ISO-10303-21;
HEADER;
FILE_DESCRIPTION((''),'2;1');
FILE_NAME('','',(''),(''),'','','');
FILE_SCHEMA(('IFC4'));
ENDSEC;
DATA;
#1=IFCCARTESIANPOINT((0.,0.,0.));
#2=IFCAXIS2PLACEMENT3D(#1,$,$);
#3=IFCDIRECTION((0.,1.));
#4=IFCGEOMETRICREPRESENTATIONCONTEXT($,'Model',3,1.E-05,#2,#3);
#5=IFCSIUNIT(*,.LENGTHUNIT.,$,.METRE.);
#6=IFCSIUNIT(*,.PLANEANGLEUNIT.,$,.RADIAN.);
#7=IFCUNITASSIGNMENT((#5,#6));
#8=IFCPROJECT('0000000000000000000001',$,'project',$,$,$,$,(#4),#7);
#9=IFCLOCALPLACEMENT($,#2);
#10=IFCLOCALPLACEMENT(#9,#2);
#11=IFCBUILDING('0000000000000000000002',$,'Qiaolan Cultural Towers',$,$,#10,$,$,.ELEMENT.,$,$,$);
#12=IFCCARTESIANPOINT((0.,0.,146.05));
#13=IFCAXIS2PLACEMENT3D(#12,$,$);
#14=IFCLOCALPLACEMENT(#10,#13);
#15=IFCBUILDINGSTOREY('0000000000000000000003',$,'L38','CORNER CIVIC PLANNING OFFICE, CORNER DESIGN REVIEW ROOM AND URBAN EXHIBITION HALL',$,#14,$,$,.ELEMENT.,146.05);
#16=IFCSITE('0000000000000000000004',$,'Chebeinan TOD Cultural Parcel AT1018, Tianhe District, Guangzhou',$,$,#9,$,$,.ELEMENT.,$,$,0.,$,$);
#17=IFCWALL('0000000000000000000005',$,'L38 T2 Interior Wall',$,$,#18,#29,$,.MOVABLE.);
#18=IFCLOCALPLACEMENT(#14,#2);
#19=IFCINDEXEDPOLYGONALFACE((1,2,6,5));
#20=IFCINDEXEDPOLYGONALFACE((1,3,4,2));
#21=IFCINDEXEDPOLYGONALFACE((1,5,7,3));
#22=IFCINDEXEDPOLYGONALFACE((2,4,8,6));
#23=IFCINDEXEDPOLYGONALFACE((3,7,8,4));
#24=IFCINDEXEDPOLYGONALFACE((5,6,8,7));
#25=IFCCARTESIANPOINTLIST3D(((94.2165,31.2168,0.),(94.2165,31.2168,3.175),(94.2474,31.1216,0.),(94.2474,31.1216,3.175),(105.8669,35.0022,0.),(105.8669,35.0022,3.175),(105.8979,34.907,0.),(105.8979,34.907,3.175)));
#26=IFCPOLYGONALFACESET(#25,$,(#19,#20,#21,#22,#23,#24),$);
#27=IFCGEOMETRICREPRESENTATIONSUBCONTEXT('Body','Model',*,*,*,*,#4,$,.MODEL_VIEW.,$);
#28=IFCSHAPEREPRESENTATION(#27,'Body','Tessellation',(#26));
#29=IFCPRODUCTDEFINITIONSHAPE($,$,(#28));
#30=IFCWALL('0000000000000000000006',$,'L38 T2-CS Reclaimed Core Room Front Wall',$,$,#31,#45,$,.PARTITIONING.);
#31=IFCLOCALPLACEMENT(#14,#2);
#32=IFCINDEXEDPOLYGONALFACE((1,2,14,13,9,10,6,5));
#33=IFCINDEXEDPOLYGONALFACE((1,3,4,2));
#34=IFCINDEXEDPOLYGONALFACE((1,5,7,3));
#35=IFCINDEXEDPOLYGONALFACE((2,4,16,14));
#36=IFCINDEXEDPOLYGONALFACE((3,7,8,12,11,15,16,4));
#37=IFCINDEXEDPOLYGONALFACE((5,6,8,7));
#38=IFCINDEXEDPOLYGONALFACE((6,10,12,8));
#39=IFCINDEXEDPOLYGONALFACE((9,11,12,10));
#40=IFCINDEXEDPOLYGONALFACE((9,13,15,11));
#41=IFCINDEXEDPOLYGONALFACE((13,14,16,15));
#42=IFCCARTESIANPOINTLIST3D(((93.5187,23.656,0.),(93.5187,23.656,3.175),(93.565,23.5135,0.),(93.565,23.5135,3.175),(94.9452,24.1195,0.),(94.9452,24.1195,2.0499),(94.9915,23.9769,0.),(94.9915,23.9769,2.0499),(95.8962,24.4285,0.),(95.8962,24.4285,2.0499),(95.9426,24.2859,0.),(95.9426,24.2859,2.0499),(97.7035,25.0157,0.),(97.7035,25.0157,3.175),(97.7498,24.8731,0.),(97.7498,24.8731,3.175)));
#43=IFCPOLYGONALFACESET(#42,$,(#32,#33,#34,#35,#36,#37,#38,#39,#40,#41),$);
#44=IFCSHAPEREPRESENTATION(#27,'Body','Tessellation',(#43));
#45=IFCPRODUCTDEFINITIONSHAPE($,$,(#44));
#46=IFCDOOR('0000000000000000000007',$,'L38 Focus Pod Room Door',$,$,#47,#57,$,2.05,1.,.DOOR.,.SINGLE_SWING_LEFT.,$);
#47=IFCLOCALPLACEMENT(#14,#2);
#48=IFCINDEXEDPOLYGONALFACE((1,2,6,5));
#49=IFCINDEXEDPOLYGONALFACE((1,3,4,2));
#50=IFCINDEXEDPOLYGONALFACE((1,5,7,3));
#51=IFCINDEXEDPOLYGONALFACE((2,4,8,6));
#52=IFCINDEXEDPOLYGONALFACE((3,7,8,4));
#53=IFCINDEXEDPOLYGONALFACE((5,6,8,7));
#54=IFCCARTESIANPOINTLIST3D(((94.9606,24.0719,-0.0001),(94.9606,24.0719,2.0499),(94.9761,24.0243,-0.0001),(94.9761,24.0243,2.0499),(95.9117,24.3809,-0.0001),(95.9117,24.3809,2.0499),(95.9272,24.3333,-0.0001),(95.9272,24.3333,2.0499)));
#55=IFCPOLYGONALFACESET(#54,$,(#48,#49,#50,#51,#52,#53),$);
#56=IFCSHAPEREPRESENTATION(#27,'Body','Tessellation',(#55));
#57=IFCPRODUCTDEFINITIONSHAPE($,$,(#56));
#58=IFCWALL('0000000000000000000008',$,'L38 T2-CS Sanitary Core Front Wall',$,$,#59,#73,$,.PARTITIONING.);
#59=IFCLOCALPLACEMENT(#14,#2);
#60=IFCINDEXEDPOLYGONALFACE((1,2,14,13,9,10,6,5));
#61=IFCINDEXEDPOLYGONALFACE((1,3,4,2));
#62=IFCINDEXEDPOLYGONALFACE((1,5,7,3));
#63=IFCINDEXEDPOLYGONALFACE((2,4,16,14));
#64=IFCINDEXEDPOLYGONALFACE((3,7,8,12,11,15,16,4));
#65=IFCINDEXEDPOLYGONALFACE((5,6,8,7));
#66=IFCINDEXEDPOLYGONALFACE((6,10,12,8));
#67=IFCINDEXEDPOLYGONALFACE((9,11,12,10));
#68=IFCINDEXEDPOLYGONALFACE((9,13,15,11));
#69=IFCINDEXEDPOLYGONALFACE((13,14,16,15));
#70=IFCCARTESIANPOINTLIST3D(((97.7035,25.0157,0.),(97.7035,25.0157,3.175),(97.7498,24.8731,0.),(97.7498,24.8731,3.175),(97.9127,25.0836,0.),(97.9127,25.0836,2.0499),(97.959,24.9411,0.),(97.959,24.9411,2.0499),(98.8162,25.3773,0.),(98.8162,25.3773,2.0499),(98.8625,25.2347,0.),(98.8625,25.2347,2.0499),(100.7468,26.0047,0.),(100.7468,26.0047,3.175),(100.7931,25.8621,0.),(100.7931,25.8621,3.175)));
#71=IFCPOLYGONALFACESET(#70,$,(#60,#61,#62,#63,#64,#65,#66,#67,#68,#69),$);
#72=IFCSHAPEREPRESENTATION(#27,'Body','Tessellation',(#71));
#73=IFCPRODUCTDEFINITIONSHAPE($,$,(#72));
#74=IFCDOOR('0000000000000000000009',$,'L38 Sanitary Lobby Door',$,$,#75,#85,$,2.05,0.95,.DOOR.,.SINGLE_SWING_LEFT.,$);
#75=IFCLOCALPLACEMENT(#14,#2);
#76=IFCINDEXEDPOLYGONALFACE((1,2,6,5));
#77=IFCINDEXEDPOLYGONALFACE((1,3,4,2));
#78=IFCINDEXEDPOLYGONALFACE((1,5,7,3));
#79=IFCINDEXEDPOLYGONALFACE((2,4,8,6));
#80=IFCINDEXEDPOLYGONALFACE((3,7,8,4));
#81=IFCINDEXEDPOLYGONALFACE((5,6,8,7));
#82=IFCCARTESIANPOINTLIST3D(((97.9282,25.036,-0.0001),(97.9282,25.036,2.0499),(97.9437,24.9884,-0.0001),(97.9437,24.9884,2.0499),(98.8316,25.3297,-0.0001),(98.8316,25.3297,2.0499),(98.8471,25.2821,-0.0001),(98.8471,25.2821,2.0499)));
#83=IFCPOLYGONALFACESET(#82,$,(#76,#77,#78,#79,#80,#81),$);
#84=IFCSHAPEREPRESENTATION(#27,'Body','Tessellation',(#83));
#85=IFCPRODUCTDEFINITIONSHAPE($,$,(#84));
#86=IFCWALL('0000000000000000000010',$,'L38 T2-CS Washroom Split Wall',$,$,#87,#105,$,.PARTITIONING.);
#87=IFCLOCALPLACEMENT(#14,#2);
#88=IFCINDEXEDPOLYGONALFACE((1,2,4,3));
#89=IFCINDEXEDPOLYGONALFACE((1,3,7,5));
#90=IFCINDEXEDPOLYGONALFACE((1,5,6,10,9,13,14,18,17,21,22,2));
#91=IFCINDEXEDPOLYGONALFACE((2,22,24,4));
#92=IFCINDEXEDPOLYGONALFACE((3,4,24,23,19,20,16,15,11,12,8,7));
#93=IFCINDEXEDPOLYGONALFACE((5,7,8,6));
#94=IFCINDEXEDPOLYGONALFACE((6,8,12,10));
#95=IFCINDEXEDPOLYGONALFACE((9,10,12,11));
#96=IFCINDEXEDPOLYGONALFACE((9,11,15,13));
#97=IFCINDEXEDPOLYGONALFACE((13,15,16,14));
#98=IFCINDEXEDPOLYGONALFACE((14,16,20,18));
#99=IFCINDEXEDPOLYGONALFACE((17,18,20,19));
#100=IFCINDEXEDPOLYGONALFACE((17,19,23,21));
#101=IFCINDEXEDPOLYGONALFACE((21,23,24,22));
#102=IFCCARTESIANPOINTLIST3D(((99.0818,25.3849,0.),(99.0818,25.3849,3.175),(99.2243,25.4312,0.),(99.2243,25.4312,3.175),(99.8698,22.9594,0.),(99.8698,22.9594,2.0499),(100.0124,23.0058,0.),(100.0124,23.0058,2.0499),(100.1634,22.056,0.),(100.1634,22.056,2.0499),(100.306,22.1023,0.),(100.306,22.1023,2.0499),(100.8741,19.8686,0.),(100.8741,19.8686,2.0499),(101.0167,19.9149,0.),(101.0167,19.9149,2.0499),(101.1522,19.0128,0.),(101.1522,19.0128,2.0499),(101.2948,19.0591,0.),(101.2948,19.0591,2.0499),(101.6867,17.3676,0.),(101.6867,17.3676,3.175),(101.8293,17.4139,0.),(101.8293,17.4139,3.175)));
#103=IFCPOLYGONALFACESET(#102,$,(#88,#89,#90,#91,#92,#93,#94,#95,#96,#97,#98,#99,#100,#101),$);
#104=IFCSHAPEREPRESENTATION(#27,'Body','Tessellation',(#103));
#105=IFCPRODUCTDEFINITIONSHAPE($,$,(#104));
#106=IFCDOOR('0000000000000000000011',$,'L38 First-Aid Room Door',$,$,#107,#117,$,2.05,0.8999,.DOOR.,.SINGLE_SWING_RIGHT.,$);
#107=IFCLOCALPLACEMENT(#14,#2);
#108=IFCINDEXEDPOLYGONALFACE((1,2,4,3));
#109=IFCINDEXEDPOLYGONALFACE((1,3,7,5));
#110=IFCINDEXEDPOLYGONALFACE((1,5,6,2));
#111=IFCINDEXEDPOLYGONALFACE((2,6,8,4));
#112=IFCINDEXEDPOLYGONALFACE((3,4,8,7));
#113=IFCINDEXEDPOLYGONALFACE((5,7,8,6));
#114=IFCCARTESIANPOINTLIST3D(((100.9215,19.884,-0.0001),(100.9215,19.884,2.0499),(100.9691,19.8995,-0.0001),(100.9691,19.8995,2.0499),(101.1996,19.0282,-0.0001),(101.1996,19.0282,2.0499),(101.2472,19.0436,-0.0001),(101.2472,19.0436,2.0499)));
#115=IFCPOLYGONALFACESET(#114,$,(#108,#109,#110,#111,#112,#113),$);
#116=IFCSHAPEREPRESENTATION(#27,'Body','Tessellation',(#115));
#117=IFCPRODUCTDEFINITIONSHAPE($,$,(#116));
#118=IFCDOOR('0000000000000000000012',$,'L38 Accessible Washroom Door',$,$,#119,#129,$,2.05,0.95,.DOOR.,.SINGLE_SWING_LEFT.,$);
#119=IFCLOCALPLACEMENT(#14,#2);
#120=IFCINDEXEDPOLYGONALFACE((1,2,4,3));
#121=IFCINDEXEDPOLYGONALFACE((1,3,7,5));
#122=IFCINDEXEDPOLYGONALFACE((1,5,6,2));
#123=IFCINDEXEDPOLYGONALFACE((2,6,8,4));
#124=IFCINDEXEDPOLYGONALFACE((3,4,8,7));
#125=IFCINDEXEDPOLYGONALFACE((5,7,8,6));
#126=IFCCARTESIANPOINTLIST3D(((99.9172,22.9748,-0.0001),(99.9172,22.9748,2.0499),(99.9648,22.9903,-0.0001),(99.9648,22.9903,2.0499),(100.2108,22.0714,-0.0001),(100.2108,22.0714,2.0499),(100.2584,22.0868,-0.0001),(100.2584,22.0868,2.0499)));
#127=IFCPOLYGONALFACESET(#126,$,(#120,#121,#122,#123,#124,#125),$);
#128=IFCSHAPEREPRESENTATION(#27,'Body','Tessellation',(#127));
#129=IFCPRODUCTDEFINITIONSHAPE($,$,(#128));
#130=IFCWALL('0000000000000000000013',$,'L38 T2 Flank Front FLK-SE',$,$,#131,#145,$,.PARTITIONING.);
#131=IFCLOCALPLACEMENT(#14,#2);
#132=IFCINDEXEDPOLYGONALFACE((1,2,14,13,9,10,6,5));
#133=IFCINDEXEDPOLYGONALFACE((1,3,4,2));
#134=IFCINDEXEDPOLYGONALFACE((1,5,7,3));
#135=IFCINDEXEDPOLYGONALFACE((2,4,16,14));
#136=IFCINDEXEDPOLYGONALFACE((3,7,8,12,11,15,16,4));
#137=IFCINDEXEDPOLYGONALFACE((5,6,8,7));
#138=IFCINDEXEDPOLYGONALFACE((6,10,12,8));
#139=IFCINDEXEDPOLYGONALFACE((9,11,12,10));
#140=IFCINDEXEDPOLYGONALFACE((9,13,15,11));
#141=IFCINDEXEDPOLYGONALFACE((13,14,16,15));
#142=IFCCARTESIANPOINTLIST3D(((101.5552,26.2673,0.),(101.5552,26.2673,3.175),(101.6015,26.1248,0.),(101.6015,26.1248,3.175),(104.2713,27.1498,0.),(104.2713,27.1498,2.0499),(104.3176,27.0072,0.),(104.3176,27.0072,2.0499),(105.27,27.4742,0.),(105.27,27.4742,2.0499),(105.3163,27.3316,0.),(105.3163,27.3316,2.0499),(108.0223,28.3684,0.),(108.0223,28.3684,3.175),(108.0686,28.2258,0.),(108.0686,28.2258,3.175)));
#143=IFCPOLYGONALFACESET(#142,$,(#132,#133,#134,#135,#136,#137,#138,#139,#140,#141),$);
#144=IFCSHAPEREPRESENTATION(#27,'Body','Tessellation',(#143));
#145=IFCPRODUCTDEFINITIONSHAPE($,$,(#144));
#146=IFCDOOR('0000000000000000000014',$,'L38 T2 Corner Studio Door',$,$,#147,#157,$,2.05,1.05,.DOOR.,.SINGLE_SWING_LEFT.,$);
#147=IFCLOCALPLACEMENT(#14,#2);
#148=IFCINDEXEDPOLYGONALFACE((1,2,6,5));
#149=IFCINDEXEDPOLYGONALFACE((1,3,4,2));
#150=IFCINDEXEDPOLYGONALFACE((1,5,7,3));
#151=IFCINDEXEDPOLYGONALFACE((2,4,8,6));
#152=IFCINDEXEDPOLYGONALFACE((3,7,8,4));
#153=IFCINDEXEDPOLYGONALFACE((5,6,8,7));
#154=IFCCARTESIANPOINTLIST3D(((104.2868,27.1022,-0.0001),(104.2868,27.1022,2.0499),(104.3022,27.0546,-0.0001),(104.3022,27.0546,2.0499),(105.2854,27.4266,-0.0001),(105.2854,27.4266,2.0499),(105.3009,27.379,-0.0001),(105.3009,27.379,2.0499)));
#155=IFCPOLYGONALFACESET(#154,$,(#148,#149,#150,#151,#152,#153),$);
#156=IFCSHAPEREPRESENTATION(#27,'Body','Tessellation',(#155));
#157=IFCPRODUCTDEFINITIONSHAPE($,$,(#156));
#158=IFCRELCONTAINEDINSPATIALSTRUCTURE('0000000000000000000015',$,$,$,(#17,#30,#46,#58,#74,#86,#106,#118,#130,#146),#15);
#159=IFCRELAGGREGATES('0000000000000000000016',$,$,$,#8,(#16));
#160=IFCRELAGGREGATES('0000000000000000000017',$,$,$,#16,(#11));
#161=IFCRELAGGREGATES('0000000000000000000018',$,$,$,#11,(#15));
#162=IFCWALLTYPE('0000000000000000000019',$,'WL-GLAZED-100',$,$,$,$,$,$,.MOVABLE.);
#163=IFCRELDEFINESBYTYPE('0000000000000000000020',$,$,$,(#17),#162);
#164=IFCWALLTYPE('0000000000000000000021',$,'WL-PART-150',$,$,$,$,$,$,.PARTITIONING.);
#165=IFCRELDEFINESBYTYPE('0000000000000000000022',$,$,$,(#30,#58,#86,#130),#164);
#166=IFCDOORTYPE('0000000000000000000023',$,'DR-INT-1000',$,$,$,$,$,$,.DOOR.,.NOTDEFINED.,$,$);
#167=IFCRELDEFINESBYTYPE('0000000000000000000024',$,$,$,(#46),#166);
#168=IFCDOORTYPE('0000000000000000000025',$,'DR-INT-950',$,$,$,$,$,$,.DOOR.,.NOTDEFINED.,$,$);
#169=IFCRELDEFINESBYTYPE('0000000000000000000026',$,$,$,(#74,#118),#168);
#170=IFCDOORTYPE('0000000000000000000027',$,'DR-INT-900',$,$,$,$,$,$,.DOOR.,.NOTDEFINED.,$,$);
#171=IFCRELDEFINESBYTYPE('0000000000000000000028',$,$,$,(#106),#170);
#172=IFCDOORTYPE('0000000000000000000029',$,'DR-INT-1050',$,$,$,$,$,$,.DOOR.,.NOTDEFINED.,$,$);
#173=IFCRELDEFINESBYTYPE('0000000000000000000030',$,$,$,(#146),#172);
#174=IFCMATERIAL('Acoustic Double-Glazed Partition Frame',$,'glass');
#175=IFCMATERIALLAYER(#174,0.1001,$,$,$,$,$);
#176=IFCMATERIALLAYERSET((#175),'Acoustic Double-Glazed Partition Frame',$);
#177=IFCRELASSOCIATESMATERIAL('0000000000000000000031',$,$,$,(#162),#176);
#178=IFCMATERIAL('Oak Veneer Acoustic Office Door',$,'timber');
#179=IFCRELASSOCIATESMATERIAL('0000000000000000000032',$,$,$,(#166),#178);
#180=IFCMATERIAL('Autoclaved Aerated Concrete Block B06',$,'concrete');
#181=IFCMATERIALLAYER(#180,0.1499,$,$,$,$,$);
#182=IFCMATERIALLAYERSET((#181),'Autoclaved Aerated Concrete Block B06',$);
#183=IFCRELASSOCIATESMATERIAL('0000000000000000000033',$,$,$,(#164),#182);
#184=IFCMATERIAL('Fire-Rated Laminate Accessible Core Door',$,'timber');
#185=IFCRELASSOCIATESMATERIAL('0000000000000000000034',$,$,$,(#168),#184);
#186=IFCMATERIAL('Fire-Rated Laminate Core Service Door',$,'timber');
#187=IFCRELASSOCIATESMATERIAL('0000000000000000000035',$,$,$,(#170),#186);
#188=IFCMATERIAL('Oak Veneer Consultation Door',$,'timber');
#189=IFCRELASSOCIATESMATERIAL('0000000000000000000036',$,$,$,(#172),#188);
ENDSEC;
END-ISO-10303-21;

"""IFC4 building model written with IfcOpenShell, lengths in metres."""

from ifc_helpers import new_model, si_unit, direction, frame, frame_2d, origin, place, context, subcontext, project, spatial, rectangle, extrude, material, layer, layer_set, type_object, element, fill, save


model = new_model("IFC4")

# Units and contexts
model_context = context("Model", 3, precision=1e-05, world=origin(), true_north=direction((0.0, 1.0)))
body_context = subcontext(model_context, "Body", "Model", "MODEL_VIEW")
ifc_project = project(units=[si_unit("LENGTHUNIT", "METRE"), si_unit("PLANEANGLEUNIT", "RADIAN")], contexts=[model_context])

# Site, building, storey
site_placement = place(None, origin())
site = spatial("IfcSite", under=ifc_project, at=site_placement, Name="Chebeinan TOD Cultural Parcel AT1018, Tianhe District, Guangzhou", CompositionType="ELEMENT", RefElevation=0.0)
building_placement = place(site_placement, origin())
building = spatial("IfcBuilding", under=site, at=building_placement, Name="Qiaolan Cultural Towers", CompositionType="ELEMENT")
storey_placement = place(building_placement, frame((0.0, 0.0, 146.05)))
storey = spatial("IfcBuildingStorey", under=building, at=storey_placement, Name="L38", Description="CORNER CIVIC PLANNING OFFICE, CORNER DESIGN REVIEW ROOM AND URBAN EXHIBITION HALL", CompositionType="ELEMENT", Elevation=146.05)

# Shared definitions
ifc_material_1 = material(Name="Acoustic Double-Glazed Partition Frame", Category="glass")
ifc_layer_1 = layer(ifc_material_1, 0.1001)
ifc_layer_set_1 = layer_set([ifc_layer_1], Name="Acoustic Double-Glazed Partition Frame")
wall_type_1 = type_object("IfcWallType", Name="WL-GLAZED-100", PredefinedType="MOVABLE", material=ifc_layer_set_1)

# Shared definitions
ifc_material_2 = material(Name="Oak Veneer Acoustic Office Door", Category="timber")
door_type_1 = type_object("IfcDoorType", Name="DR-INT-1000", OperationType="NOTDEFINED", PredefinedType="DOOR", material=ifc_material_2)

# Wall
wall_1_placement = place(storey_placement, frame((94.2319, 31.1692, 0.0), z_axis=(0.0, 0.0, 1.0), x_axis=(0.951057, 0.309014, 0.0)))
element("IfcWall", 1, at=wall_1_placement, inside=storey, type_object=wall_type_1, Name="L38 T2 Interior Wall", PredefinedType="MOVABLE", context=body_context, shape_type="SweptSolid", body=[
    extrude(rectangle(XDim=12.25, YDim=0.1001, at=frame_2d((6.125, 0.0))), origin(), (0.0, 0.0, 1.0), 3.175),
])

# Walls, openings, doors
ifc_material_3 = material(Name="Autoclaved Aerated Concrete Block B06", Category="concrete")
ifc_layer_2 = layer(ifc_material_3, 0.1499)
ifc_layer_set_2 = layer_set([ifc_layer_2], Name="Autoclaved Aerated Concrete Block B06")
wall_type_2 = type_object("IfcWallType", Name="WL-PART-150", PredefinedType="PARTITIONING", material=ifc_layer_set_2)
wall_2_placement = place(storey_placement, frame((93.5417, 23.5847, 0.0), z_axis=(0.0, 0.0, 1.0), x_axis=(0.951064, 0.308994, 0.0)))
wall_2 = element("IfcWall", 2, at=wall_2_placement, inside=storey, type_object=wall_type_2, Name="L38 T2-CS Reclaimed Core Room Front Wall", PredefinedType="PARTITIONING", context=body_context, shape_type="SweptSolid", body=[
    extrude(rectangle(XDim=4.4001, YDim=0.1499, at=frame_2d((2.2002, 0.0))), origin(), (0.0, 0.0, 1.0), 3.175),
])
opening_1_placement = place(wall_2_placement, frame((1.5, 0.0, 0.0)))
opening_1 = element("IfcOpeningElement", 3, at=opening_1_placement, cuts=wall_2, PredefinedType="OPENING", context=body_context, shape_type="SweptSolid", body=[
    extrude(rectangle(XDim=1.0, YDim=2.05, at=frame_2d((0.5, 1.0249))), frame((0.0, 0.085, 0.0), z_axis=(0.0, -1.0, 0.0), x_axis=(1.0, 0.0, 0.0)), (0.0, 0.0, 1.0), 0.1699),
])
door_1_placement = place(opening_1_placement, origin())
door_1 = element("IfcDoor", 4, at=door_1_placement, inside=storey, type_object=door_type_1, Name="L38 Focus Pod Room Door", OperationType="SINGLE_SWING_LEFT", OverallHeight=2.05, OverallWidth=1.0, PredefinedType="DOOR", context=body_context, shape_type="SweptSolid", body=[
    extrude(rectangle(XDim=1.0, YDim=2.05, at=frame_2d((0.5, 1.0249))), frame((0.0, 0.0249, 0.0), z_axis=(0.0, -1.0, 0.0), x_axis=(1.0, 0.0, 0.0)), (0.0, 0.0, 1.0), 0.05),
])
fill(opening_1, door_1)
wall_3_placement = place(storey_placement, frame((97.7266, 24.9443, 0.0), z_axis=(0.0, 0.0, 1.0), x_axis=(0.951037, 0.309077, 0.0)))
wall_3 = element("IfcWall", 5, at=wall_3_placement, inside=storey, type_object=wall_type_2, Name="L38 T2-CS Sanitary Core Front Wall", PredefinedType="PARTITIONING", context=body_context, shape_type="SweptSolid", body=[
    extrude(rectangle(XDim=3.2, YDim=0.1499, at=frame_2d((1.6001, 0.0))), origin(), (0.0, 0.0, 1.0), 3.175),
])
opening_2_placement = place(wall_3_placement, frame((0.22, 0.0, 0.0)))
opening_2 = element("IfcOpeningElement", 6, at=opening_2_placement, cuts=wall_3, PredefinedType="OPENING", context=body_context, shape_type="SweptSolid", body=[
    extrude(rectangle(XDim=0.95, YDim=2.05, at=frame_2d((0.4751, 1.0249))), frame((0.0, 0.085, 0.0), z_axis=(0.0, -1.0, 0.0), x_axis=(1.0, 0.0, 0.0)), (0.0, 0.0, 1.0), 0.1699),
])
ifc_material_4 = material(Name="Fire-Rated Laminate Accessible Core Door", Category="timber")
door_type_2 = type_object("IfcDoorType", Name="DR-INT-950", OperationType="NOTDEFINED", PredefinedType="DOOR", material=ifc_material_4)
door_2_placement = place(opening_2_placement, origin())
door_2 = element("IfcDoor", 7, at=door_2_placement, inside=storey, type_object=door_type_2, Name="L38 Sanitary Lobby Door", OperationType="SINGLE_SWING_LEFT", OverallHeight=2.05, OverallWidth=0.95, PredefinedType="DOOR", context=body_context, shape_type="SweptSolid", body=[
    extrude(rectangle(XDim=0.95, YDim=2.05, at=frame_2d((0.4751, 1.0249))), frame((0.0, 0.0249, 0.0), z_axis=(0.0, -1.0, 0.0), x_axis=(1.0, 0.0, 0.0)), (0.0, 0.0, 1.0), 0.05),
])
fill(opening_2, door_2)

# Wall, openings, doors
wall_4_placement = place(storey_placement, frame((99.1531, 25.408, 0.0), z_axis=(0.0, 0.0, 1.0), x_axis=(0.309016, -0.951057, 0.0)))
wall_4 = element("IfcWall", 8, at=wall_4_placement, inside=storey, type_object=wall_type_2, Name="L38 T2-CS Washroom Split Wall", PredefinedType="PARTITIONING", context=body_context, shape_type="SweptSolid", body=[
    extrude(rectangle(XDim=8.4299, YDim=0.1499, at=frame_2d((4.2148, 0.0))), origin(), (0.0, 0.0, 1.0), 3.175),
])
opening_3_placement = place(wall_4_placement, frame((2.55, 0.0, 0.0)))
opening_3 = element("IfcOpeningElement", 9, at=opening_3_placement, cuts=wall_4, PredefinedType="OPENING", context=body_context, shape_type="SweptSolid", body=[
    extrude(rectangle(XDim=0.95, YDim=2.05, at=frame_2d((0.4751, 1.0249))), frame((0.0, 0.085, 0.0), z_axis=(0.0, -1.0, 0.0), x_axis=(1.0, 0.0, 0.0)), (0.0, 0.0, 1.0), 0.1699),
])
opening_4_placement = place(wall_4_placement, frame((5.8, 0.0, 0.0)))
opening_4 = element("IfcOpeningElement", 10, at=opening_4_placement, cuts=wall_4, PredefinedType="OPENING", context=body_context, shape_type="SweptSolid", body=[
    extrude(rectangle(XDim=0.8999, YDim=2.05, at=frame_2d((0.45, 1.0249))), frame((0.0, 0.085, 0.0), z_axis=(0.0, -1.0, 0.0), x_axis=(1.0, 0.0, 0.0)), (0.0, 0.0, 1.0), 0.1699),
])
ifc_material_5 = material(Name="Fire-Rated Laminate Core Service Door", Category="timber")
door_type_3 = type_object("IfcDoorType", Name="DR-INT-900", OperationType="NOTDEFINED", PredefinedType="DOOR", material=ifc_material_5)
door_3_placement = place(opening_4_placement, origin())
door_3 = element("IfcDoor", 11, at=door_3_placement, inside=storey, type_object=door_type_3, Name="L38 First-Aid Room Door", OperationType="SINGLE_SWING_RIGHT", OverallHeight=2.05, OverallWidth=0.8999, PredefinedType="DOOR", context=body_context, shape_type="SweptSolid", body=[
    extrude(rectangle(XDim=0.8999, YDim=2.05, at=frame_2d((0.45, 1.0249))), frame((0.0, 0.0249, 0.0), z_axis=(0.0, -1.0, 0.0), x_axis=(1.0, 0.0, 0.0)), (0.0, 0.0, 1.0), 0.05),
])
fill(opening_4, door_3)
door_4_placement = place(opening_3_placement, origin())
door_4 = element("IfcDoor", 12, at=door_4_placement, inside=storey, type_object=door_type_2, Name="L38 Accessible Washroom Door", OperationType="SINGLE_SWING_LEFT", OverallHeight=2.05, OverallWidth=0.95, PredefinedType="DOOR", context=body_context, shape_type="SweptSolid", body=[
    extrude(rectangle(XDim=0.95, YDim=2.05, at=frame_2d((0.4751, 1.0249))), frame((0.0, 0.0249, 0.0), z_axis=(0.0, -1.0, 0.0), x_axis=(1.0, 0.0, 0.0)), (0.0, 0.0, 1.0), 0.05),
])
fill(opening_3, door_4)

# Wall, opening, door
wall_5_placement = place(storey_placement, frame((101.5784, 26.196, 0.0), z_axis=(0.0, 0.0, 1.0), x_axis=(0.951065, 0.308991, 0.0)))
wall_5 = element("IfcWall", 13, at=wall_5_placement, inside=storey, type_object=wall_type_2, Name="L38 T2 Flank Front FLK-SE", PredefinedType="PARTITIONING", context=body_context, shape_type="SweptSolid", body=[
    extrude(rectangle(XDim=6.7998, YDim=0.1499, at=frame_2d((3.3999, 0.0))), origin(), (0.0, 0.0, 1.0), 3.175),
])
opening_5_placement = place(wall_5_placement, frame((2.856, 0.0, 0.0)))
opening_5 = element("IfcOpeningElement", 14, at=opening_5_placement, cuts=wall_5, PredefinedType="OPENING", context=body_context, shape_type="SweptSolid", body=[
    extrude(rectangle(XDim=1.05, YDim=2.05, at=frame_2d((0.5249, 1.0249))), frame((0.0, 0.085, 0.0), z_axis=(0.0, -1.0, 0.0), x_axis=(1.0, 0.0, 0.0)), (0.0, 0.0, 1.0), 0.1699),
])
ifc_material_6 = material(Name="Oak Veneer Consultation Door", Category="timber")
door_type_4 = type_object("IfcDoorType", Name="DR-INT-1050", OperationType="NOTDEFINED", PredefinedType="DOOR", material=ifc_material_6)
door_5_placement = place(opening_5_placement, origin())
door_5 = element("IfcDoor", 15, at=door_5_placement, inside=storey, type_object=door_type_4, Name="L38 T2 Corner Studio Door", OperationType="SINGLE_SWING_LEFT", OverallHeight=2.05, OverallWidth=1.05, PredefinedType="DOOR", context=body_context, shape_type="SweptSolid", body=[
    extrude(rectangle(XDim=1.05, YDim=2.05, at=frame_2d((0.5249, 1.0249))), frame((0.0, 0.0249, 0.0), z_axis=(0.0, -1.0, 0.0), x_axis=(1.0, 0.0, 0.0)), (0.0, 0.0, 1.0), 0.05),
])
fill(opening_5, door_5)

save(model, "model.ifc")
